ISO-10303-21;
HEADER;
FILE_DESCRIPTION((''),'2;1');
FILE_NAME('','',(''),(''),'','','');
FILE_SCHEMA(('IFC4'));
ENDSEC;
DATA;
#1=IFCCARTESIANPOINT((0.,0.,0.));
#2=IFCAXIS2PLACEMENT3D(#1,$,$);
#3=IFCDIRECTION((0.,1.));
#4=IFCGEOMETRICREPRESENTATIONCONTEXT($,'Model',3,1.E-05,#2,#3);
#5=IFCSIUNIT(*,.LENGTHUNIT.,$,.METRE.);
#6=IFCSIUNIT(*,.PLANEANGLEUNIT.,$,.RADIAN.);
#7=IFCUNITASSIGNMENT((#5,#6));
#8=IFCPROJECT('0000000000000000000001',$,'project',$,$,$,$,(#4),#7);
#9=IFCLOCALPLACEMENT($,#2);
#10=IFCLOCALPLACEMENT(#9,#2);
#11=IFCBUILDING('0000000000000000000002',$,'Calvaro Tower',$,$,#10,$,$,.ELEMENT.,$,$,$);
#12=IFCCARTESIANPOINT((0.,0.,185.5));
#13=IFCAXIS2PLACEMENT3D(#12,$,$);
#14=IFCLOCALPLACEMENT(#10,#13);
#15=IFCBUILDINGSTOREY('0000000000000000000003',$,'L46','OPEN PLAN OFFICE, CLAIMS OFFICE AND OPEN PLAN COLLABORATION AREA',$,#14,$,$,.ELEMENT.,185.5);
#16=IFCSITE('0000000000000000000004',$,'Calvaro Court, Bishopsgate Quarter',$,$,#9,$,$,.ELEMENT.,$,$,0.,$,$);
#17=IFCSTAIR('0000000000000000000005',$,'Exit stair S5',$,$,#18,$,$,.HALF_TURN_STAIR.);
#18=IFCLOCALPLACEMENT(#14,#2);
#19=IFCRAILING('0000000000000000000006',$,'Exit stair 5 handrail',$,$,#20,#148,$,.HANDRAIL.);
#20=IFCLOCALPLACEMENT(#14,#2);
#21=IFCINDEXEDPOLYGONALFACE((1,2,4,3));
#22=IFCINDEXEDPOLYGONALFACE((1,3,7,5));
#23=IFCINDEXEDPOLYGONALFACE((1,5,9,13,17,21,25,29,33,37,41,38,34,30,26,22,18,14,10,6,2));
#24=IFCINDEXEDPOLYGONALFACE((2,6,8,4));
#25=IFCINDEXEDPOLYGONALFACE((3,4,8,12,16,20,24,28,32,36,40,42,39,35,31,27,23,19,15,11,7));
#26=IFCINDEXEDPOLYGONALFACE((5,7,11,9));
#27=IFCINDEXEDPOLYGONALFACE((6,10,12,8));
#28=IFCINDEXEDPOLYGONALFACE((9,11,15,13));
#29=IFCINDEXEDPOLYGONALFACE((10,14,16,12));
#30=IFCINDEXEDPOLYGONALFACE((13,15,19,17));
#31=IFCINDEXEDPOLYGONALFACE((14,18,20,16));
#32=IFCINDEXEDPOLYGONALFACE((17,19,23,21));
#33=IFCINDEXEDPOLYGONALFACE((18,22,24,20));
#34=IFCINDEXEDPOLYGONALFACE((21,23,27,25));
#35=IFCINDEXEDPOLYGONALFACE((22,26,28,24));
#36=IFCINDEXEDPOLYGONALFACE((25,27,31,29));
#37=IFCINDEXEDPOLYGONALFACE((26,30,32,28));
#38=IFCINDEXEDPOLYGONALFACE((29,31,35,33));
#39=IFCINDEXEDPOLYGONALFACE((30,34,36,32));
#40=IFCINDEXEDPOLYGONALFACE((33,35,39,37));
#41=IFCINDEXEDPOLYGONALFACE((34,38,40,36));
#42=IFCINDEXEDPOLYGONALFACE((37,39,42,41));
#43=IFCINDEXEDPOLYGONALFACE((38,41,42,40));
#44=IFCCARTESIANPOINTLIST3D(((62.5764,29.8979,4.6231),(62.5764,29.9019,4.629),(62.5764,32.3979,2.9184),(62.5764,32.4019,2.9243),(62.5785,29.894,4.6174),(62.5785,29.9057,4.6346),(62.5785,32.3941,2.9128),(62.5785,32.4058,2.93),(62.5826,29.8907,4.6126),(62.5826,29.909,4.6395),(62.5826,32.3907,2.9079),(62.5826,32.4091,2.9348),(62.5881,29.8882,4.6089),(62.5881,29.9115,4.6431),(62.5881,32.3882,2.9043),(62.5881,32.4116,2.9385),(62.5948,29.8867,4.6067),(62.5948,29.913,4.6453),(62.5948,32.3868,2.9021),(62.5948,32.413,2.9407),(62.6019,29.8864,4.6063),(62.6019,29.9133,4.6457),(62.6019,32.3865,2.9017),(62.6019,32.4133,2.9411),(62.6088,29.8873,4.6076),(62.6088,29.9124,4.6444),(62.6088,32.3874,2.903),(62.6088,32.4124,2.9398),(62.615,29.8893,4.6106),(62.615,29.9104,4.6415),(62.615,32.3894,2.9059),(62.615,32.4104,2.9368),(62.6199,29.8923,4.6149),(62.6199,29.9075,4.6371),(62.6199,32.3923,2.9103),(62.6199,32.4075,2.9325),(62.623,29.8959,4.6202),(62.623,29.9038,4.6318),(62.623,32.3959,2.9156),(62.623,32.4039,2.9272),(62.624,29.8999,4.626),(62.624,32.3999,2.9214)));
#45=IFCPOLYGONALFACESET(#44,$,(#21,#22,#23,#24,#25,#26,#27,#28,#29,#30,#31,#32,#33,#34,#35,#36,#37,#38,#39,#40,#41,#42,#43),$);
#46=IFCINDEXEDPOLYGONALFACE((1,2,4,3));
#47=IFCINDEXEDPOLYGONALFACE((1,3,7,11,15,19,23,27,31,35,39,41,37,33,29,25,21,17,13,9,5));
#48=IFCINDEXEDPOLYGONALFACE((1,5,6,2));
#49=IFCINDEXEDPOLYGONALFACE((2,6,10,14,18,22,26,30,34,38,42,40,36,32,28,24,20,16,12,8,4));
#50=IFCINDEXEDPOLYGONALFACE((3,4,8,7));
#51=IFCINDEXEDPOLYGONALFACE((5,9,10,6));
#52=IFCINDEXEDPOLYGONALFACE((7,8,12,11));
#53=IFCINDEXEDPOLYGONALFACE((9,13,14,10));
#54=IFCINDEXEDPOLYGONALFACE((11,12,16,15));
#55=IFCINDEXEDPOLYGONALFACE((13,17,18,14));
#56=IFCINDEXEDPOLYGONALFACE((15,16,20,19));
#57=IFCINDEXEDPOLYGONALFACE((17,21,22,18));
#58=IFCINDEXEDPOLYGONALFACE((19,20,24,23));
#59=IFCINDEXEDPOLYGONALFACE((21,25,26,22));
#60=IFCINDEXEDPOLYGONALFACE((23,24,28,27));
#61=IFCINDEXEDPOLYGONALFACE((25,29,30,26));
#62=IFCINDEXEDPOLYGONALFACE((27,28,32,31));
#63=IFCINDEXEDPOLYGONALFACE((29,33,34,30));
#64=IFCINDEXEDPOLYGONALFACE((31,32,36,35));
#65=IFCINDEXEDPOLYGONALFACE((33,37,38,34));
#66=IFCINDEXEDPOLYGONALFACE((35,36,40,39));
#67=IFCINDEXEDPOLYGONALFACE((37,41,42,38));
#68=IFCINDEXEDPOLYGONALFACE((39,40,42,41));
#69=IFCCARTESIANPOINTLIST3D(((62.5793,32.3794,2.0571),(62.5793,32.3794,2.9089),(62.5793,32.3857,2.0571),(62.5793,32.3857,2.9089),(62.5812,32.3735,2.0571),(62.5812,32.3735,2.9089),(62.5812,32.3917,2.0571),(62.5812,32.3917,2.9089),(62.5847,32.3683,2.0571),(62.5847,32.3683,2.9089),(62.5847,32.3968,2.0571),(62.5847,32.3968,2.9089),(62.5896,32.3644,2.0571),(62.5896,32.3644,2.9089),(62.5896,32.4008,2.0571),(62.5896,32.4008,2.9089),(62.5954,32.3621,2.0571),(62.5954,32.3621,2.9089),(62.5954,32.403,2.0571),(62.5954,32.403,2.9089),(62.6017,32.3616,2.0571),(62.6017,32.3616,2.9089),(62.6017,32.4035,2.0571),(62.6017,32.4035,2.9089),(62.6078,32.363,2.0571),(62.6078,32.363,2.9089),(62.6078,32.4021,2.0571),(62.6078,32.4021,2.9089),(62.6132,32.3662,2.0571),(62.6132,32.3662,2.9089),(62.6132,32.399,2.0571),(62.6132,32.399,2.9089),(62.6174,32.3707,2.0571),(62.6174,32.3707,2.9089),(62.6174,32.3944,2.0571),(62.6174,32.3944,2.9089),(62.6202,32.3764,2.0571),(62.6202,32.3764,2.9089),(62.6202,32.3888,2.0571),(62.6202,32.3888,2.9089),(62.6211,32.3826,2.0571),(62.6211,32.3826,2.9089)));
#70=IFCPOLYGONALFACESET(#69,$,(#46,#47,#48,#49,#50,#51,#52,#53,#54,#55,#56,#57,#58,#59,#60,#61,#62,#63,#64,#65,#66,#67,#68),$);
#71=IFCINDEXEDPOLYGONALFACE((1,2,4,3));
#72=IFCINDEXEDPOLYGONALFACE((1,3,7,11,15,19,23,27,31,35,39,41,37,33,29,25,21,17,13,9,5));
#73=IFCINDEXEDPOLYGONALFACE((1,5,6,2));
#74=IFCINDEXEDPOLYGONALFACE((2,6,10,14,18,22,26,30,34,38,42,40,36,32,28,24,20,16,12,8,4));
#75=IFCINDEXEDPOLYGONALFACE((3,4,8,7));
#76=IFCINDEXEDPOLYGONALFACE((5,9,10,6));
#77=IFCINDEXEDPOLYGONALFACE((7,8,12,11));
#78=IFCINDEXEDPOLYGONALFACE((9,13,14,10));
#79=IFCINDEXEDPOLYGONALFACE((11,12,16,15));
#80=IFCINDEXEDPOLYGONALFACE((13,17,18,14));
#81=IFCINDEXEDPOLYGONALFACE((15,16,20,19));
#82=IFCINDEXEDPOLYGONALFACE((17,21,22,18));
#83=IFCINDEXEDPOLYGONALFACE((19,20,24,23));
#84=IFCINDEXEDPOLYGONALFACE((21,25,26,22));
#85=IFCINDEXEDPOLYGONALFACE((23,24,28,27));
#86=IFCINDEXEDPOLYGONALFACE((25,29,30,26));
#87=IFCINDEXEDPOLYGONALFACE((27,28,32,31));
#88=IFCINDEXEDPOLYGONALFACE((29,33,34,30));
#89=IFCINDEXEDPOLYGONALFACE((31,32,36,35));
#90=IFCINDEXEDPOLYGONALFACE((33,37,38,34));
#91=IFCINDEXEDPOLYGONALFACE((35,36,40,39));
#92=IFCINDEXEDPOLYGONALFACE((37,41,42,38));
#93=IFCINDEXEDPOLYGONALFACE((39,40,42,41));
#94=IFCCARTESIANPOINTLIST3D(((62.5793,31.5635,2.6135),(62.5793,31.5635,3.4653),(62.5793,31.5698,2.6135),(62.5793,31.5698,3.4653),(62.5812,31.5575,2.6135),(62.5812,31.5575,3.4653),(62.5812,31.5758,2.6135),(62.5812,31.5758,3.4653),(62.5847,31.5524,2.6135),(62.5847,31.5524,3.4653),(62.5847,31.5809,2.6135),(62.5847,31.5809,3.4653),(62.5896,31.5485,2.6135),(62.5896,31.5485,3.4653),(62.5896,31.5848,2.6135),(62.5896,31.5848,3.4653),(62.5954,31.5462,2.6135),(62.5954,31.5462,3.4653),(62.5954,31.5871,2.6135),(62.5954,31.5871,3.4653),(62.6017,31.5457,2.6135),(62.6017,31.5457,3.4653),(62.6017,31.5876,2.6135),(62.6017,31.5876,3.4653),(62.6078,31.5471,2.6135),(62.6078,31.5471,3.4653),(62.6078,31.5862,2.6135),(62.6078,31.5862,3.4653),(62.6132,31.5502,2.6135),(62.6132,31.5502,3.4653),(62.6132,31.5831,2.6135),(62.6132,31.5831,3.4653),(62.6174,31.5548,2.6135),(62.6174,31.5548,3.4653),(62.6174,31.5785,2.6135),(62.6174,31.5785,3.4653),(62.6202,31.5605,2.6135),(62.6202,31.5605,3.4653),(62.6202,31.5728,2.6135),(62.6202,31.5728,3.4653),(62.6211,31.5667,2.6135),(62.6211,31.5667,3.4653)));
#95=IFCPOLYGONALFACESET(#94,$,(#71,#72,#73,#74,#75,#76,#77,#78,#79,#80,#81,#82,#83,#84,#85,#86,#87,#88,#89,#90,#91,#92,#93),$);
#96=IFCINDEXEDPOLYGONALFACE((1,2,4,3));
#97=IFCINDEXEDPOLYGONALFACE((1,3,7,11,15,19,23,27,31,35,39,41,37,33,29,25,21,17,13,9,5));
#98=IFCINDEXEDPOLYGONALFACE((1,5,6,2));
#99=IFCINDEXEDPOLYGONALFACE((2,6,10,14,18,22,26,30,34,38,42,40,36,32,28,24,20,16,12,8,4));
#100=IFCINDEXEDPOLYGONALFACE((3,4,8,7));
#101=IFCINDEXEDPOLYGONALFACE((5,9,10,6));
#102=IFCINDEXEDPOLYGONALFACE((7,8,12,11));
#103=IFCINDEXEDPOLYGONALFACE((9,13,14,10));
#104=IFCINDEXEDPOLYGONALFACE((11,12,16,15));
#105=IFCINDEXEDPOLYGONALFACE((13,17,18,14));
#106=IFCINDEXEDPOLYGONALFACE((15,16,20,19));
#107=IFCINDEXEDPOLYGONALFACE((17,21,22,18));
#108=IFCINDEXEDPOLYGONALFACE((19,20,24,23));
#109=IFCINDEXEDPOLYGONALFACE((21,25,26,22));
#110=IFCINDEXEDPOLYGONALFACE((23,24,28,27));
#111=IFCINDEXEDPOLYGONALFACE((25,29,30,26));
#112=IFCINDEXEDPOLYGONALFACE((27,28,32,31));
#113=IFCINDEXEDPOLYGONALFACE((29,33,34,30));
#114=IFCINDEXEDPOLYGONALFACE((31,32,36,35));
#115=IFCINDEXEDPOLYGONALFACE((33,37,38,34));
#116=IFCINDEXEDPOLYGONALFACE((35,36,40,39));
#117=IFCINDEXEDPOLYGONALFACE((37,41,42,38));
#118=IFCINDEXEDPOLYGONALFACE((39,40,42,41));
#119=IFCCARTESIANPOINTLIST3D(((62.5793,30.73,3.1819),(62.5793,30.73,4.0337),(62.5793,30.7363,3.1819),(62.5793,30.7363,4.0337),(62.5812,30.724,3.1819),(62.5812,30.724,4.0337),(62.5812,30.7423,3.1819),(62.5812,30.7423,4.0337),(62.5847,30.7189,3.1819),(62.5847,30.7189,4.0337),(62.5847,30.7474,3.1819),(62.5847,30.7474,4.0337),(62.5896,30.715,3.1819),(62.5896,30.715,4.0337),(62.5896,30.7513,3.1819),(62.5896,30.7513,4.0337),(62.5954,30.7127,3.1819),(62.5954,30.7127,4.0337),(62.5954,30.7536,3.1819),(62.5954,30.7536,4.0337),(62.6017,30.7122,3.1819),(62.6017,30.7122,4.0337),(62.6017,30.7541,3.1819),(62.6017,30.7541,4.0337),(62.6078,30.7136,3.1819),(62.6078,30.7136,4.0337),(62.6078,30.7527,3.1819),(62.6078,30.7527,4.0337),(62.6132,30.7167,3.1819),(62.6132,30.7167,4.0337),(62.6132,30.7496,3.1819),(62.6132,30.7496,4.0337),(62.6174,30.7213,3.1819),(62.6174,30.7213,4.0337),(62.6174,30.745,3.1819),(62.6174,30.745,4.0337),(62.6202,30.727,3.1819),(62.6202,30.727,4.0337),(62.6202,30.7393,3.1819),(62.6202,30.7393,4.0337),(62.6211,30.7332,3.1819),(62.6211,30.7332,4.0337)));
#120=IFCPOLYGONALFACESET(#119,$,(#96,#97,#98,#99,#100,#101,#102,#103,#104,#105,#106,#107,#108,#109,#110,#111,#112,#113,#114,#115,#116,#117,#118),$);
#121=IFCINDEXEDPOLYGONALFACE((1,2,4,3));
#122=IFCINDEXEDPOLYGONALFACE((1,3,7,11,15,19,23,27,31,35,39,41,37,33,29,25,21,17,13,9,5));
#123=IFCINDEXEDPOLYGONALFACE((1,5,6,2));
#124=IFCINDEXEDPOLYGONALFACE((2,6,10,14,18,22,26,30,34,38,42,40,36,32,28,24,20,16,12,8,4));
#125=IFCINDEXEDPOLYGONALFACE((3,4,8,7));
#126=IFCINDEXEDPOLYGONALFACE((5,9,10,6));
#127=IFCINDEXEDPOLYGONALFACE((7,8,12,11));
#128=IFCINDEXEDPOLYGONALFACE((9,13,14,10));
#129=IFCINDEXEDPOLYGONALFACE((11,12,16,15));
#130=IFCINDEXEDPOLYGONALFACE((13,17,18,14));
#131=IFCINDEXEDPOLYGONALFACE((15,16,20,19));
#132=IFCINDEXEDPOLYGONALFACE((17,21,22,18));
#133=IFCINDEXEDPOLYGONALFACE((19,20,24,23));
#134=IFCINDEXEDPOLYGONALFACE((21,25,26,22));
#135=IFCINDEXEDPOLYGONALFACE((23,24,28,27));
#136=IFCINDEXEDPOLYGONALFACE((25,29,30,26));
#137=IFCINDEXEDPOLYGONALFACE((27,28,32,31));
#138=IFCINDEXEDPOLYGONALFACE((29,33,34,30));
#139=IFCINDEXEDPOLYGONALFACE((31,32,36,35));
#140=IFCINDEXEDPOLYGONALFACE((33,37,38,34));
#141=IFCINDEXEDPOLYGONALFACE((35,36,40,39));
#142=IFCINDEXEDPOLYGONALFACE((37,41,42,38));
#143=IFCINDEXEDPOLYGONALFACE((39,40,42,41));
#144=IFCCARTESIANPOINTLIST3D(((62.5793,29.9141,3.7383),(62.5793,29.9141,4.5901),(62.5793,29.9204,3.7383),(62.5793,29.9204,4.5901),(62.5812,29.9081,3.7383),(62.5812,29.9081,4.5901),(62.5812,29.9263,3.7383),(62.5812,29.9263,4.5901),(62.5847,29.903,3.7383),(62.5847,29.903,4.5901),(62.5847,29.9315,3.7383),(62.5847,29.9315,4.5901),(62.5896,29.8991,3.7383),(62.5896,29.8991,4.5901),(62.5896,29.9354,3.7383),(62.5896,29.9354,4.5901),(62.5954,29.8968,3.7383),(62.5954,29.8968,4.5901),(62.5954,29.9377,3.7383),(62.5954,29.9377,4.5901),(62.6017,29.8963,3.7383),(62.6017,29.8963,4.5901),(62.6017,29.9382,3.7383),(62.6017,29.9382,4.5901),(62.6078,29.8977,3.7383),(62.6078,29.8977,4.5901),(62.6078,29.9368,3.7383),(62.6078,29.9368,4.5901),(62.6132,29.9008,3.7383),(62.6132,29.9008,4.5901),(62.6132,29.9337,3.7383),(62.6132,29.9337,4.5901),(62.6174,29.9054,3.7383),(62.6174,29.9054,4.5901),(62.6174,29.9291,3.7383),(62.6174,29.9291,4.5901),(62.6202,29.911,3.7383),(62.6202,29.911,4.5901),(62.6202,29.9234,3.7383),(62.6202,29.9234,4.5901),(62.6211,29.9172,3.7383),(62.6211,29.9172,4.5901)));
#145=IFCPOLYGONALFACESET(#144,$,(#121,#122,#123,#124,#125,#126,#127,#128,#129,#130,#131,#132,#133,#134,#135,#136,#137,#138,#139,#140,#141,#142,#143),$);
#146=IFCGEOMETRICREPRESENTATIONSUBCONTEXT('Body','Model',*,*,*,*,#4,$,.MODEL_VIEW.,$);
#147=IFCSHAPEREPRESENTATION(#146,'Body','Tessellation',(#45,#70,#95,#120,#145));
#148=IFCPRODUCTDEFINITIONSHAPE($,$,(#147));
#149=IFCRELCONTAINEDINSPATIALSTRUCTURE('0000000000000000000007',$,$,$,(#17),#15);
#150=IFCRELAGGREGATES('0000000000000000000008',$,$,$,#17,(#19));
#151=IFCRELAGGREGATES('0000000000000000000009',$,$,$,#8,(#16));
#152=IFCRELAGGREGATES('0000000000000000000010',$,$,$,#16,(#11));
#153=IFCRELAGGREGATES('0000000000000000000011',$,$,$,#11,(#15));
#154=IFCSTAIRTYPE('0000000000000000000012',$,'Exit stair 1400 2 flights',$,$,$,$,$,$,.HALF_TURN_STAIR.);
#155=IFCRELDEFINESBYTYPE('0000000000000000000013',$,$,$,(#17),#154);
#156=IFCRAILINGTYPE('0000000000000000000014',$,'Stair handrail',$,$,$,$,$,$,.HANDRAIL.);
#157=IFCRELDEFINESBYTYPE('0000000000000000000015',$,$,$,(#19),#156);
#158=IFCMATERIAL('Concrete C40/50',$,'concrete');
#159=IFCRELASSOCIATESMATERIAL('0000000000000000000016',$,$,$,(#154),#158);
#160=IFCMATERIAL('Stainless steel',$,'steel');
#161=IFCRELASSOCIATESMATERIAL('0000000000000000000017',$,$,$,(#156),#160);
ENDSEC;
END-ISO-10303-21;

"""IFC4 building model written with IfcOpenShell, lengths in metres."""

from ifc_helpers import new_model, si_unit, direction, frame, origin, origin_2d, place, context, subcontext, project, spatial, circle, extrude, material, type_object, element, aggregate, save


model = new_model("IFC4")

# Units and contexts
model_context = context("Model", 3, precision=1e-05, world=origin(), true_north=direction((0.0, 1.0)))
body_context = subcontext(model_context, "Body", "Model", "MODEL_VIEW")
ifc_project = project(units=[si_unit("LENGTHUNIT", "METRE"), si_unit("PLANEANGLEUNIT", "RADIAN")], contexts=[model_context])

# Site, building, storey
site_placement = place(None, origin())
site = spatial("IfcSite", under=ifc_project, at=site_placement, Name="Calvaro Court, Bishopsgate Quarter", CompositionType="ELEMENT", RefElevation=0.0)
building_placement = place(site_placement, origin())
building = spatial("IfcBuilding", under=site, at=building_placement, Name="Calvaro Tower", CompositionType="ELEMENT")
storey_placement = place(building_placement, frame((0.0, 0.0, 185.5)))
storey = spatial("IfcBuildingStorey", under=building, at=storey_placement, Name="L46", Description="OPEN PLAN OFFICE, CLAIMS OFFICE AND OPEN PLAN COLLABORATION AREA", CompositionType="ELEMENT", Elevation=185.5)

# Stair
ifc_material_1 = material(Name="Concrete C40/50", Category="concrete")
stair_type = type_object("IfcStairType", Name="Exit stair 1400 2 flights", PredefinedType="HALF_TURN_STAIR", material=ifc_material_1)
stair_1_placement = place(storey_placement, origin())
stair_1 = element("IfcStair", 1, at=stair_1_placement, inside=storey, type_object=stair_type, Name="Exit stair S5", PredefinedType="HALF_TURN_STAIR")

# Railing
ifc_material_2 = material(Name="Stainless steel", Category="steel")
railing_type = type_object("IfcRailingType", Name="Stair handrail", PredefinedType="HANDRAIL", material=ifc_material_2)
railing_1_placement = place(storey_placement, frame((62.6001, 32.3999, 2.0454)))
railing_1 = element("IfcRailing", 2, at=railing_1_placement, type_object=railing_type, Name="Exit stair 5 handrail", PredefinedType="HANDRAIL", context=body_context, shape_type="SweptSolid", body=[
    extrude(circle(Radius=0.0239, at=origin_2d()), frame((0.0, 0.0, 0.876), z_axis=(0.0, -0.826221, 0.563347), x_axis=(1.0, 0.0, 0.0)), (0.0, 0.0, 1.0), 3.0259),
    extrude(circle(Radius=0.021, at=origin_2d()), frame((0.0, -0.0173, 0.0117)), (0.0, 0.0, 1.0), 0.8518),
    extrude(circle(Radius=0.021, at=origin_2d()), frame((0.0, -0.8333, 0.5681)), (0.0, 0.0, 1.0), 0.8518),
    extrude(circle(Radius=0.021, at=origin_2d()), frame((0.0, -1.6667, 1.1365)), (0.0, 0.0, 1.0), 0.8518),
    extrude(circle(Radius=0.021, at=origin_2d()), frame((0.0, -2.4827, 1.6929)), (0.0, 0.0, 1.0), 0.8518),
])
aggregate(stair_1, [railing_1])

save(model, "model.ifc")
